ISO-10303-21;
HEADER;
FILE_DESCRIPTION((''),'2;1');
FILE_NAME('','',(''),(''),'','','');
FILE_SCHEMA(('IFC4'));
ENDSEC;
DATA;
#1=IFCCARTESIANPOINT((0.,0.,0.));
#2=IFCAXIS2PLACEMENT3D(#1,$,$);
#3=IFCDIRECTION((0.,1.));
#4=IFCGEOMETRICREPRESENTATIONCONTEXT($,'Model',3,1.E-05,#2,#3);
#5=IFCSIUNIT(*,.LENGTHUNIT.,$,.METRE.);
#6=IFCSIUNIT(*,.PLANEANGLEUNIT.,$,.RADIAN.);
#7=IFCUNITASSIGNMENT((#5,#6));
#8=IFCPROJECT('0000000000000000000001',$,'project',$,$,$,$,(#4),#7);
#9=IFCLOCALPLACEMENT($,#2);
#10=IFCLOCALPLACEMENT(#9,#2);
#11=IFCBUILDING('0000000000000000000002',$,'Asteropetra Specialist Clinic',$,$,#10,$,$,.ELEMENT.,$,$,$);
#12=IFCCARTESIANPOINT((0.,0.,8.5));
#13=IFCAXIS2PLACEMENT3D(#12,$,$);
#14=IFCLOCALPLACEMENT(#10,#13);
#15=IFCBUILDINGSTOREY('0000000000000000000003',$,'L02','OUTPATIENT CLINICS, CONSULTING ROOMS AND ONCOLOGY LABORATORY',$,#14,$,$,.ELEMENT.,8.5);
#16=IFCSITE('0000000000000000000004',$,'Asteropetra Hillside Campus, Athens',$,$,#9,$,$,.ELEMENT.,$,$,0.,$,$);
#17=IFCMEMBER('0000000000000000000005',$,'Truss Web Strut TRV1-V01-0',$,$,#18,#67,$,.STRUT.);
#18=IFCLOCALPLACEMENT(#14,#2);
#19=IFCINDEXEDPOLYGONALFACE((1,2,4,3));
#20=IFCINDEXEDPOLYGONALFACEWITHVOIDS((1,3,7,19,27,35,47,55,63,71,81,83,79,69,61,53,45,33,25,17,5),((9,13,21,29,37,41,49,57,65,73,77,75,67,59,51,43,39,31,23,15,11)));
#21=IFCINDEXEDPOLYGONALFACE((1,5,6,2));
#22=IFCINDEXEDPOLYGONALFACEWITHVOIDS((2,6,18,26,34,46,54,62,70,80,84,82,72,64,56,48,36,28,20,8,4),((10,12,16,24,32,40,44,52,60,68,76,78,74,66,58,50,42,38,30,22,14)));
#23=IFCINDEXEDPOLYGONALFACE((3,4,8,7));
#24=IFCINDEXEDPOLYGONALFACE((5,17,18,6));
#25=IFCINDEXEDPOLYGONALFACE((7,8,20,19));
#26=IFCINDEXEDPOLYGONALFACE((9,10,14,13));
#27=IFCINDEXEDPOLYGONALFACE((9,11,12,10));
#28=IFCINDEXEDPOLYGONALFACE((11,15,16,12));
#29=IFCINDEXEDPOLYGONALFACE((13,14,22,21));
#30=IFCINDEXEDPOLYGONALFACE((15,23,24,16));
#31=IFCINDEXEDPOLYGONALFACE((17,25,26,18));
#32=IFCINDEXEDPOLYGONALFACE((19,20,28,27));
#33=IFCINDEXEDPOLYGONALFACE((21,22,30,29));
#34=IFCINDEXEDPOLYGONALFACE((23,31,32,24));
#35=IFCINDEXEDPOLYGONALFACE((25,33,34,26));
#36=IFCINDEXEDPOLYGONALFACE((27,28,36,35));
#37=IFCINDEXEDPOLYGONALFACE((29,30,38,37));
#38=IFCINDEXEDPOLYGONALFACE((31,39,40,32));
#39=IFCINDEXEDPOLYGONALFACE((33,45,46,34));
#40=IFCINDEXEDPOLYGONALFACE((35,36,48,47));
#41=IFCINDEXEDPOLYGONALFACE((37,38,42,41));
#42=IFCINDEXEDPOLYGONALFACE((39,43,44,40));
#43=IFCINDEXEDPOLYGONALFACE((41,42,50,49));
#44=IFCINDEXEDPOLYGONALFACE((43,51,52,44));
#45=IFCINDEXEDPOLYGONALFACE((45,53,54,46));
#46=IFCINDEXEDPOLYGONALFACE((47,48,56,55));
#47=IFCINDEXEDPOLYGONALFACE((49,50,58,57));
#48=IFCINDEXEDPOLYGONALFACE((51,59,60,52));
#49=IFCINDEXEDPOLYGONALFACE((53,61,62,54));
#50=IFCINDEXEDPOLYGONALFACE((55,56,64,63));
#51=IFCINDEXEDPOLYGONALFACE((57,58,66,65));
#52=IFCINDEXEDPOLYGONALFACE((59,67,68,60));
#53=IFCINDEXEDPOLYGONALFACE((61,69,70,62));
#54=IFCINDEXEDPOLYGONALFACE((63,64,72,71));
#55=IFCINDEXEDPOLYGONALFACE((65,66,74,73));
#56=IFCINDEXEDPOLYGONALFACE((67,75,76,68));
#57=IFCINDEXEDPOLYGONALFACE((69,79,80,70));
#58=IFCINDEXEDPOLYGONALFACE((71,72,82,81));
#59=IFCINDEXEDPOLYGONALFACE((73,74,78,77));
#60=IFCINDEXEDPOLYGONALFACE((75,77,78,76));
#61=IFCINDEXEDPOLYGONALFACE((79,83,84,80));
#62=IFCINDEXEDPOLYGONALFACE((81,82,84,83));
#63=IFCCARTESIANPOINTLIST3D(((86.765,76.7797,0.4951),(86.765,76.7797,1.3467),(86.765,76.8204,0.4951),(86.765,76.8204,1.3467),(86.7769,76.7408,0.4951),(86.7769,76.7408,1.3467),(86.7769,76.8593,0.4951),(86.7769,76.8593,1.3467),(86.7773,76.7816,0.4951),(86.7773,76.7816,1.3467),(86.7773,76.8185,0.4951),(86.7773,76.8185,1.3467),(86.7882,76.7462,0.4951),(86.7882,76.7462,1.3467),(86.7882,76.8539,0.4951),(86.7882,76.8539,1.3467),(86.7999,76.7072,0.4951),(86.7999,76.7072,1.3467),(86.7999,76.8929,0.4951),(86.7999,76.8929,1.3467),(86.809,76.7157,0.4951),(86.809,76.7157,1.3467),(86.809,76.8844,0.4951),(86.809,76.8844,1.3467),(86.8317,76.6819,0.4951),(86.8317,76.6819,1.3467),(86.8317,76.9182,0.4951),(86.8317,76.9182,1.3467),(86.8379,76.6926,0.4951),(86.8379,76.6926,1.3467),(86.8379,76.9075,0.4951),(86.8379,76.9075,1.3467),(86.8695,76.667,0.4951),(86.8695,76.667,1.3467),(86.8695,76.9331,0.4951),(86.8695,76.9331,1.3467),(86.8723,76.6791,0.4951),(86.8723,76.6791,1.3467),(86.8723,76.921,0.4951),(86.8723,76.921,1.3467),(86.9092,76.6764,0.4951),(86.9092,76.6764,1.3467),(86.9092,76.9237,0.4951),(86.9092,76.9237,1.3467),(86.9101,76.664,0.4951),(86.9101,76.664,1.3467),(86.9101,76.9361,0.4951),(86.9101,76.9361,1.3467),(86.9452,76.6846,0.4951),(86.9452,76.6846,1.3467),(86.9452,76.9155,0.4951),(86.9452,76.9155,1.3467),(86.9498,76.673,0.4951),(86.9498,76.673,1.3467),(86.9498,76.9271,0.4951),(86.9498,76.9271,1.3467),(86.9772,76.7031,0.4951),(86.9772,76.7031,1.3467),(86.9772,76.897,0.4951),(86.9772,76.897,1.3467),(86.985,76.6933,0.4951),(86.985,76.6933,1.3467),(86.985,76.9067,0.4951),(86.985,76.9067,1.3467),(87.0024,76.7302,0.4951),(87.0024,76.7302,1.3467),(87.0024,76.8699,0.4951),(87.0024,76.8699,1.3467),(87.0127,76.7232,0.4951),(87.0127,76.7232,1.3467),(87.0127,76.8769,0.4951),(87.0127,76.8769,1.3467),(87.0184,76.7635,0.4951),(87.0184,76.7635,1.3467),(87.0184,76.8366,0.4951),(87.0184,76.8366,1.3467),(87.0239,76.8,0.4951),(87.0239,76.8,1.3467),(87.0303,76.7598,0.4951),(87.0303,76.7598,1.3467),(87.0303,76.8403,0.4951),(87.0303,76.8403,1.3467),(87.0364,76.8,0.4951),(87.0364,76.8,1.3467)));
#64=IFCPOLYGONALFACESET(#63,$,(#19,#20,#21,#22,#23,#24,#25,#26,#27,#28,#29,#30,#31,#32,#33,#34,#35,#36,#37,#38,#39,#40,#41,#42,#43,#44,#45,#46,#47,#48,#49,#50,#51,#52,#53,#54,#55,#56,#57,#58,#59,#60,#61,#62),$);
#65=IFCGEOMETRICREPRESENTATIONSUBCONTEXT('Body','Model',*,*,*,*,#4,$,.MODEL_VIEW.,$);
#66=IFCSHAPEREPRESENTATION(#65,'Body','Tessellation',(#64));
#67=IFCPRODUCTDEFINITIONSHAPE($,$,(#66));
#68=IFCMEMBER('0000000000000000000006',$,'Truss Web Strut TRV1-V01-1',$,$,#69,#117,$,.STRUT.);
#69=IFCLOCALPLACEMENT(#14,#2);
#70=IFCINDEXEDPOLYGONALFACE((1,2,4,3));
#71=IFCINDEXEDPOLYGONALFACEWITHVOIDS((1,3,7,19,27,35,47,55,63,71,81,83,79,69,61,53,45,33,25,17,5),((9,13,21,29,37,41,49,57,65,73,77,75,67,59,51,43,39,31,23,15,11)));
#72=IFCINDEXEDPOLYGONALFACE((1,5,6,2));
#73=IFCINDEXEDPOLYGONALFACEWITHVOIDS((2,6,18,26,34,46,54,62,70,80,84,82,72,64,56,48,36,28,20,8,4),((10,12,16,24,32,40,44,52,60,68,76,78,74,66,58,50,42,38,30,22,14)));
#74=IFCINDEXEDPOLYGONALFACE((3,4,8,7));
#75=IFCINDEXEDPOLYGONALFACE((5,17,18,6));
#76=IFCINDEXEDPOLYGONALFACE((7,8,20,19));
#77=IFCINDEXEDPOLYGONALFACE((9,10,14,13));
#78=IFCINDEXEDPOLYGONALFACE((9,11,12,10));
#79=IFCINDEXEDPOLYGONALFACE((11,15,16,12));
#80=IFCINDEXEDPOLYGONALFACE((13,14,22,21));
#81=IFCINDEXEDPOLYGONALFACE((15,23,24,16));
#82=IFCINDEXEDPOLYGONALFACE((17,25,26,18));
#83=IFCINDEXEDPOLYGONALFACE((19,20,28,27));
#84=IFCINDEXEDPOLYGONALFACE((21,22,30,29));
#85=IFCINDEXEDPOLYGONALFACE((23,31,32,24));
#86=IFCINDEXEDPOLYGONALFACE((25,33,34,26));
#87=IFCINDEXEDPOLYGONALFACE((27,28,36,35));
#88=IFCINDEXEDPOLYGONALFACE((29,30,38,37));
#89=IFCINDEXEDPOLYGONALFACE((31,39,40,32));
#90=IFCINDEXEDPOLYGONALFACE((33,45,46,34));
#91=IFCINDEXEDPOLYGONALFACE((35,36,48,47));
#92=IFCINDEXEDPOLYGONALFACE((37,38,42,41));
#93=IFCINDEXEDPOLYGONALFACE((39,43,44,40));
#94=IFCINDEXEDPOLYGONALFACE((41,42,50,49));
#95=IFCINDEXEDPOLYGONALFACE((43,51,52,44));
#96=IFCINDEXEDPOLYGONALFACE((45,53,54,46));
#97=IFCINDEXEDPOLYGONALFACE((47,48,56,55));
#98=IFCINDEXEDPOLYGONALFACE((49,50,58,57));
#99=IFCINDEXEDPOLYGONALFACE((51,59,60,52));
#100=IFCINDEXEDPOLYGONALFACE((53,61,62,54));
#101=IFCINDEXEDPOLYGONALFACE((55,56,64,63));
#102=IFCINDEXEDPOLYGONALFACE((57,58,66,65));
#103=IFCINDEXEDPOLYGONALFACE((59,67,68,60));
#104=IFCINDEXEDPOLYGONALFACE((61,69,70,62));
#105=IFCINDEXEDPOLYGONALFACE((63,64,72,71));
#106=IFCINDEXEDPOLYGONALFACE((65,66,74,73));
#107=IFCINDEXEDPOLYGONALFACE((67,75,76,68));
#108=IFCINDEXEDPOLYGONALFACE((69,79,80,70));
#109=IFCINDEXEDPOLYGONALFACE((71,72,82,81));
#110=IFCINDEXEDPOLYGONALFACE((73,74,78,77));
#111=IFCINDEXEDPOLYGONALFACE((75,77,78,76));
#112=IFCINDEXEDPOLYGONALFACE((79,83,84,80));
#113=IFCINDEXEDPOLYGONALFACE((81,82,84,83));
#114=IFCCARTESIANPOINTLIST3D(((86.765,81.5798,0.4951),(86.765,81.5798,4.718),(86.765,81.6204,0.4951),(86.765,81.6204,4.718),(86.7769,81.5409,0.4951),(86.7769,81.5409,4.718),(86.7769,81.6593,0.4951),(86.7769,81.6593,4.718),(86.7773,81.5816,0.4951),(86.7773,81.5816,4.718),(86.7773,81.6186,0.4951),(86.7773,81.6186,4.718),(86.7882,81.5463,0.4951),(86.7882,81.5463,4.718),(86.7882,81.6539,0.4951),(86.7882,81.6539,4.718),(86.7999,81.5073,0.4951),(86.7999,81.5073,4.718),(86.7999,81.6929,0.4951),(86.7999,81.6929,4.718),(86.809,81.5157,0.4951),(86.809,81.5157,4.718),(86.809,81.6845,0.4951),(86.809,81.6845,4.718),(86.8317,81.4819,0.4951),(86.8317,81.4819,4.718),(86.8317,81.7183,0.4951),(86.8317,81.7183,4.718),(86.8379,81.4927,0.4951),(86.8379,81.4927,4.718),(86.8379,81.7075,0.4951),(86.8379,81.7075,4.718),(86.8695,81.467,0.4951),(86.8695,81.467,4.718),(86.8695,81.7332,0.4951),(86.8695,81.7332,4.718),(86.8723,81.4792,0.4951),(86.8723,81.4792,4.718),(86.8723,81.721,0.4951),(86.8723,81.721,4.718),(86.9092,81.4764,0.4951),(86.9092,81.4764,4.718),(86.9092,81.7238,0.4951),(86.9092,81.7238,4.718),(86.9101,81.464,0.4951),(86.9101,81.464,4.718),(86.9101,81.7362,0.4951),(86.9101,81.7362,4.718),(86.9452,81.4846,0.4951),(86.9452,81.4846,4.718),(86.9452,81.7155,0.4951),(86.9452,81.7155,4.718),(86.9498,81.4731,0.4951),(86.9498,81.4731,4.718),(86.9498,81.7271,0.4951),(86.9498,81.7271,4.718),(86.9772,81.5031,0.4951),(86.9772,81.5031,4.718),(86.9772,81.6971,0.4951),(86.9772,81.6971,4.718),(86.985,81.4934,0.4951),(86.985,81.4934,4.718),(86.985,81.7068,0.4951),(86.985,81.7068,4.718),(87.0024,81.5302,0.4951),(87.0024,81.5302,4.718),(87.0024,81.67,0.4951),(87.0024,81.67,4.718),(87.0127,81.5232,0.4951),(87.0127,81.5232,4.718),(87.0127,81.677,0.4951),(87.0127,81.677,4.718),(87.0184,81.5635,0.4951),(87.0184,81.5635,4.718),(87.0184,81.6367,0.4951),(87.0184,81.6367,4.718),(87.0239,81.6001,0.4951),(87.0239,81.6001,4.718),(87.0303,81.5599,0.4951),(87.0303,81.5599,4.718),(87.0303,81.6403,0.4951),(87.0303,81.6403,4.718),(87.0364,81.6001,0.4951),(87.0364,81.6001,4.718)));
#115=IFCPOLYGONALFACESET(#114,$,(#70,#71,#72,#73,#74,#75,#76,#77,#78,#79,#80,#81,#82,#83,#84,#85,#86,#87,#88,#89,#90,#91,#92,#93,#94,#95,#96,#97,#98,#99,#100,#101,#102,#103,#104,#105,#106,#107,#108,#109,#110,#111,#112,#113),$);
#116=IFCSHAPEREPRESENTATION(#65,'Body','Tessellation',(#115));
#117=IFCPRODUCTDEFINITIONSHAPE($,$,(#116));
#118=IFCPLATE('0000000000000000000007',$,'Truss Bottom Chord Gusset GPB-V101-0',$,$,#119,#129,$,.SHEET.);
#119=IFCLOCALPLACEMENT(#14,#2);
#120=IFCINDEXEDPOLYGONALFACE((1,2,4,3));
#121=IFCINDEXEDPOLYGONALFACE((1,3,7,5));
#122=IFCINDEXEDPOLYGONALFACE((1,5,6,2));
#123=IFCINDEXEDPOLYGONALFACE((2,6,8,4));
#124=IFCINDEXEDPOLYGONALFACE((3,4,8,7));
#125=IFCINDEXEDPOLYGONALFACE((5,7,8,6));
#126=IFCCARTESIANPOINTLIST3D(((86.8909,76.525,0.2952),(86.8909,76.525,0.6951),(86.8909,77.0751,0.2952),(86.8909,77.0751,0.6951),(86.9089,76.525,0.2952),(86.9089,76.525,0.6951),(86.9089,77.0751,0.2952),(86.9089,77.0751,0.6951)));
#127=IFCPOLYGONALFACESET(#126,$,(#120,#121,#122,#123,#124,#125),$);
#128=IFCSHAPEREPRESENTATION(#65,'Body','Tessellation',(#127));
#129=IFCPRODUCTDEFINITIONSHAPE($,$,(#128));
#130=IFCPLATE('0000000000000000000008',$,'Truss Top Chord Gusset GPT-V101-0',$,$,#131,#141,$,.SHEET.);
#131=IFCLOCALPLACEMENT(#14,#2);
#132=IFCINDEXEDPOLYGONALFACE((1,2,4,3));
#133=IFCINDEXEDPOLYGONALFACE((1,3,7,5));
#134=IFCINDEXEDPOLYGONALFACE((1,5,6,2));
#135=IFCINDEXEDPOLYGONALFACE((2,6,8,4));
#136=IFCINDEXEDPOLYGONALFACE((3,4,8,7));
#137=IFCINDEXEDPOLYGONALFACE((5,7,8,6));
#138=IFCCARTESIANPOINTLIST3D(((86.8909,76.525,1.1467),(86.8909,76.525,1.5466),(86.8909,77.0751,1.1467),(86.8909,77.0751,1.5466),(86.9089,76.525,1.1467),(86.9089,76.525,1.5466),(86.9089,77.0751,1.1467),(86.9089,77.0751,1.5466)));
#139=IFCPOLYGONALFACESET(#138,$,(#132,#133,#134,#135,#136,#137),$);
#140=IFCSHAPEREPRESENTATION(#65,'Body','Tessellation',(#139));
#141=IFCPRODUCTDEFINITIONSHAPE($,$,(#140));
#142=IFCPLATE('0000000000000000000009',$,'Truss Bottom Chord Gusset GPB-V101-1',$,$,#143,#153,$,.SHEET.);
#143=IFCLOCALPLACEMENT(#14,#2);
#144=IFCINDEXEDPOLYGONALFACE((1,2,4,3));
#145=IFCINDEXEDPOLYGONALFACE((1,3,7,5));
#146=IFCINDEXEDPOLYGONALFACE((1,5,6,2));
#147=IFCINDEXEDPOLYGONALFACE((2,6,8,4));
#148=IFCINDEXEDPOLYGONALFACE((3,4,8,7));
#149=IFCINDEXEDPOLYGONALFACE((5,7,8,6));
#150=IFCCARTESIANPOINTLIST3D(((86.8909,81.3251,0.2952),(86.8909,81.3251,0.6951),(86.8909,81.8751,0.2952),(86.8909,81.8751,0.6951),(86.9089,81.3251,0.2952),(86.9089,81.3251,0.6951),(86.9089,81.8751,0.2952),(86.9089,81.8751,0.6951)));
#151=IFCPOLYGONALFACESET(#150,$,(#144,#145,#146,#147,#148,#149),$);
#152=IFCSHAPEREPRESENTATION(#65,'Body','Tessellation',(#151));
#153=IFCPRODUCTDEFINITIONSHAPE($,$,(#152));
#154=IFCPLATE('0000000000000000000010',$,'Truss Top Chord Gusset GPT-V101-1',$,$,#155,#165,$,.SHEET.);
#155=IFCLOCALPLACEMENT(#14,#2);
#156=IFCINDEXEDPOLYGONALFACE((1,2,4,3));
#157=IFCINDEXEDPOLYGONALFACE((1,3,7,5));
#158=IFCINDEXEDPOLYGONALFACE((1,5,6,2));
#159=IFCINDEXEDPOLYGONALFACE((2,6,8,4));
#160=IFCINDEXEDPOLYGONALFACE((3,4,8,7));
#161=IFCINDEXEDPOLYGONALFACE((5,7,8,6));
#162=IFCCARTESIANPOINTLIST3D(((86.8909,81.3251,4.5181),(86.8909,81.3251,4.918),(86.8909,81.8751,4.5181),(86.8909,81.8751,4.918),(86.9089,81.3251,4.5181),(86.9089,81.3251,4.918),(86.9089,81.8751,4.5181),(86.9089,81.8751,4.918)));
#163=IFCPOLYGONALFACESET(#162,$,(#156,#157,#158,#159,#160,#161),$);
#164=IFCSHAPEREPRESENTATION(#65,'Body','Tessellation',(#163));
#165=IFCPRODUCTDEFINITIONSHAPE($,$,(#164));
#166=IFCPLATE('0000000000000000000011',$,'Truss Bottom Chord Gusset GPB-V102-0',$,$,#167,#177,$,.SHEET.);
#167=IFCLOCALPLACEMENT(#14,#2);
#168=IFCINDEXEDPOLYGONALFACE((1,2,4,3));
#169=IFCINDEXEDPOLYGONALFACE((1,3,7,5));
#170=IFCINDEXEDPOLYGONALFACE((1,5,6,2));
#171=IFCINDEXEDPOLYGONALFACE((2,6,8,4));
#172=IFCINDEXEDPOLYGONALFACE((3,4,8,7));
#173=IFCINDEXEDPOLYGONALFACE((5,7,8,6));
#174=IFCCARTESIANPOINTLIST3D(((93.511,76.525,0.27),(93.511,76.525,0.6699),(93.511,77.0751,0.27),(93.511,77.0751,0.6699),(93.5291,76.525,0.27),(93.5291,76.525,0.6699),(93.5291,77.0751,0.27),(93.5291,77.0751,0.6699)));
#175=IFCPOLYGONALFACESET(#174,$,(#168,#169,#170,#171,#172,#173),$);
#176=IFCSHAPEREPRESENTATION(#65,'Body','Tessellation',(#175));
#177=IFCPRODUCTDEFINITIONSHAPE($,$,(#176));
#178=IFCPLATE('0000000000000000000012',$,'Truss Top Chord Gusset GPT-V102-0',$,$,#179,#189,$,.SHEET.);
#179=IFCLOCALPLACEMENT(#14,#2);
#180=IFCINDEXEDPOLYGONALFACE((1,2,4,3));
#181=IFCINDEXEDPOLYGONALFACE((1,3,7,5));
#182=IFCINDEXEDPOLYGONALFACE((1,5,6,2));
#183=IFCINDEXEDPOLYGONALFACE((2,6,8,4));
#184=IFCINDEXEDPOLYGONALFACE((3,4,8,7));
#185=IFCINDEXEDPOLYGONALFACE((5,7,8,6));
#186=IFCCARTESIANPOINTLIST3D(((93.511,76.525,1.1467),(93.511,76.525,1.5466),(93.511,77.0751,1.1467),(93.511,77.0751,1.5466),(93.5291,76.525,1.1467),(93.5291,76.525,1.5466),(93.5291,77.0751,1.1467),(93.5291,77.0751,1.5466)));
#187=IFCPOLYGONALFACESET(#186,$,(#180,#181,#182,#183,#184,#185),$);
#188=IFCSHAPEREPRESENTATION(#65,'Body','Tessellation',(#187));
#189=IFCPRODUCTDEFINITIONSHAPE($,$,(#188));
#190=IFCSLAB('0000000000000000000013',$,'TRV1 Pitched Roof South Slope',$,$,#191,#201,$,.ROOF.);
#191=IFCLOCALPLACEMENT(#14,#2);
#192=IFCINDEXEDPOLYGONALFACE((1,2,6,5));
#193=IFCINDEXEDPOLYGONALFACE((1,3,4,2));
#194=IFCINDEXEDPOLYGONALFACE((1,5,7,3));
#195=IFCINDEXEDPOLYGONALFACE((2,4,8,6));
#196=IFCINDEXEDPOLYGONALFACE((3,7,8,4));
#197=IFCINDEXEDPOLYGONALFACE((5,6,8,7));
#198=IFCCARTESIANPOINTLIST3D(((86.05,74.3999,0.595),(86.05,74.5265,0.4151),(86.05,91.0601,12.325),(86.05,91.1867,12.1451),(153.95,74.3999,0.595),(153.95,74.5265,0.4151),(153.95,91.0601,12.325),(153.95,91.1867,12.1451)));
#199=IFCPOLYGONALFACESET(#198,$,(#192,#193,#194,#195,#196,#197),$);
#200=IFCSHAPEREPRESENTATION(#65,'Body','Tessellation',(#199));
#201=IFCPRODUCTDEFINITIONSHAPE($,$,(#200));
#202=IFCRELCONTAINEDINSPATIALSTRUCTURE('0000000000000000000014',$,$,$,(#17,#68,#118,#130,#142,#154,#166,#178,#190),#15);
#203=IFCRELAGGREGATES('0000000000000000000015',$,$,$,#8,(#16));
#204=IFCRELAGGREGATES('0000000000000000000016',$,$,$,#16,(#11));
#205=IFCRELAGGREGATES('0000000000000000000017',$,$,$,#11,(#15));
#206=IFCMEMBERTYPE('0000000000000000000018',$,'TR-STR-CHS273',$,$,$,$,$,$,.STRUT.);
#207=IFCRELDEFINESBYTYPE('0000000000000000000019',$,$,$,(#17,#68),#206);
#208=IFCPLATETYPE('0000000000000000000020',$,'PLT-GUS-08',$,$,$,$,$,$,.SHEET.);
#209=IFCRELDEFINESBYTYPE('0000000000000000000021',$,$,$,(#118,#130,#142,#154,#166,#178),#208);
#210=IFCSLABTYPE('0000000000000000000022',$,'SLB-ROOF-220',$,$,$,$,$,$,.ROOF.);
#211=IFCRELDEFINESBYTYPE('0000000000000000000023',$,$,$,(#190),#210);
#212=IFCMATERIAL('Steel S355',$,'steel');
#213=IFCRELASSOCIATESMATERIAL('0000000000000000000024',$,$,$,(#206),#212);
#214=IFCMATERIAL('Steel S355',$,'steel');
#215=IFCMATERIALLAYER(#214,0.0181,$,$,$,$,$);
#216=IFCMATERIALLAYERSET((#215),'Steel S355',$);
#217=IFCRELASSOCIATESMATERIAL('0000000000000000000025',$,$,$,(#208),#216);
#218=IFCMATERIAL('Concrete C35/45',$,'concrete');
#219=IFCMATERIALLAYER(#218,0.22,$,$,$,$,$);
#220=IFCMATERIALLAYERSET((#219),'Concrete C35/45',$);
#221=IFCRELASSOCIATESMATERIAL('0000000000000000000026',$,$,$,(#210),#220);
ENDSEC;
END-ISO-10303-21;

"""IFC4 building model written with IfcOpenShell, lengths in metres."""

from ifc_helpers import new_model, si_unit, direction, frame, origin, origin_2d, place, context, subcontext, project, spatial, polyline, rectangle, hollow_circle, outline, extrude, material, layer, layer_set, material_profile, profile_set, type_object, element, save


model = new_model("IFC4")

# Units and contexts
model_context = context("Model", 3, precision=1e-05, world=origin(), true_north=direction((0.0, 1.0)))
body_context = subcontext(model_context, "Body", "Model", "MODEL_VIEW")
ifc_project = project(units=[si_unit("LENGTHUNIT", "METRE"), si_unit("PLANEANGLEUNIT", "RADIAN")], contexts=[model_context])

# Site, building, storey
site_placement = place(None, origin())
site = spatial("IfcSite", under=ifc_project, at=site_placement, Name="Asteropetra Hillside Campus, Athens", CompositionType="ELEMENT", RefElevation=0.0)
building_placement = place(site_placement, origin())
building = spatial("IfcBuilding", under=site, at=building_placement, Name="Asteropetra Specialist Clinic", CompositionType="ELEMENT")
storey_placement = place(building_placement, frame((0.0, 0.0, 8.5)))
storey = spatial("IfcBuildingStorey", under=building, at=storey_placement, Name="L02", Description="OUTPATIENT CLINICS, CONSULTING ROOMS AND ONCOLOGY LABORATORY", CompositionType="ELEMENT", Elevation=8.5)

# Members
ifc_material_1 = material(Name="Steel S355", Category="steel")
ifc_material_profile_1 = material_profile(ifc_material_1, hollow_circle(Radius=0.1365, WallThickness=0.0125, at=origin_2d()), Name="CHS 273.0x12.5")
ifc_profile_set_1 = profile_set([ifc_material_profile_1], Name="Steel S355")
member_type_1 = type_object("IfcMemberType", Name="TR-STR-CHS273", PredefinedType="STRUT", material=ifc_profile_set_1)
member_1_placement = place(storey_placement, frame((86.8999, 76.8, 0.4951), z_axis=(0.0, 0.0, 1.0), x_axis=(1.0, 0.0, 0.0)))
element("IfcMember", 1, at=member_1_placement, inside=storey, type_object=member_type_1, Name="Truss Web Strut TRV1-V01-0", PredefinedType="STRUT", context=body_context, shape_type="SweptSolid", body=[
    extrude(hollow_circle(Radius=0.1365, WallThickness=0.0125, at=origin_2d()), origin(), (0.0, 0.0, 1.0), 0.8516),
])
member_2_placement = place(storey_placement, frame((86.8999, 81.6001, 0.4951), z_axis=(0.0, 0.0, 1.0), x_axis=(1.0, 0.0, 0.0)))
element("IfcMember", 2, at=member_2_placement, inside=storey, type_object=member_type_1, Name="Truss Web Strut TRV1-V01-1", PredefinedType="STRUT", context=body_context, shape_type="SweptSolid", body=[
    extrude(hollow_circle(Radius=0.1365, WallThickness=0.0125, at=origin_2d()), origin(), (0.0, 0.0, 1.0), 4.2229),
])

# Plates
ifc_material_2 = material(Name="Steel S355", Category="steel")
ifc_layer_1 = layer(ifc_material_2, 0.0181)
ifc_layer_set_1 = layer_set([ifc_layer_1], Name="Steel S355")
plate_type = type_object("IfcPlateType", Name="PLT-GUS-08", PredefinedType="SHEET", material=ifc_layer_set_1)
for number, where, z_axis, x_axis, name in (
    (3, (86.8999, 76.8, 0.2952), (0.0, 0.0, 1.0), (1.0, 0.0, 0.0), "Truss Bottom Chord Gusset GPB-V101-0"),
    (4, (86.8999, 76.8, 1.1467), (0.0, 0.0, 1.0), (1.0, 0.0, 0.0), "Truss Top Chord Gusset GPT-V101-0"),
    (5, (86.8999, 81.6001, 0.2952), (0.0, 0.0, 1.0), (1.0, 0.0, 0.0), "Truss Bottom Chord Gusset GPB-V101-1"),
    (6, (86.8999, 81.6001, 4.5181), (0.0, 0.0, 1.0), (1.0, 0.0, 0.0), "Truss Top Chord Gusset GPT-V101-1"),
    (7, (93.52, 76.8, 0.27), (0.0, 0.0, 1.0), (1.0, 0.0, 0.0), "Truss Bottom Chord Gusset GPB-V102-0"),
    (8, (93.52, 76.8, 1.1467), (0.0, 0.0, 1.0), (1.0, 0.0, 0.0), "Truss Top Chord Gusset GPT-V102-0"),
):
    element("IfcPlate", number, at=place(storey_placement, frame(where, z_axis=z_axis, x_axis=x_axis)), inside=storey, type_object=plate_type, Name=name, PredefinedType="SHEET", context=body_context, shape_type="SweptSolid", body=[
        extrude(rectangle(XDim=0.0181, YDim=0.55, at=origin_2d()), origin(), (0.0, 0.0, 1.0), 0.3999),
    ])

# Slab
ifc_material_3 = material(Name="Concrete C35/45", Category="concrete")
ifc_layer_2 = layer(ifc_material_3, 0.22)
ifc_layer_set_2 = layer_set([ifc_layer_2], Name="Concrete C35/45")
slab_type = type_object("IfcSlabType", Name="SLB-ROOF-220", PredefinedType="ROOF", material=ifc_layer_set_2)
slab_placement = place(storey_placement, frame((86.05, 74.3999, 0.595), z_axis=(0.0, -0.575696, 0.817664), x_axis=(1.0, 0.0, 0.0)))
element("IfcSlab", 9, at=slab_placement, inside=storey, type_object=slab_type, Name="TRV1 Pitched Roof South Slope", PredefinedType="ROOF", context=body_context, shape_type="SweptSolid", body=[
    extrude(outline(polyline([(0.0, 0.0), (67.8999, 0.0), (67.8999, 20.3753), (0.0, 20.3753), (0.0, 0.0)])), origin(), (0.0, 0.0, -1.0), 0.22),
])

save(model, "model.ifc")
